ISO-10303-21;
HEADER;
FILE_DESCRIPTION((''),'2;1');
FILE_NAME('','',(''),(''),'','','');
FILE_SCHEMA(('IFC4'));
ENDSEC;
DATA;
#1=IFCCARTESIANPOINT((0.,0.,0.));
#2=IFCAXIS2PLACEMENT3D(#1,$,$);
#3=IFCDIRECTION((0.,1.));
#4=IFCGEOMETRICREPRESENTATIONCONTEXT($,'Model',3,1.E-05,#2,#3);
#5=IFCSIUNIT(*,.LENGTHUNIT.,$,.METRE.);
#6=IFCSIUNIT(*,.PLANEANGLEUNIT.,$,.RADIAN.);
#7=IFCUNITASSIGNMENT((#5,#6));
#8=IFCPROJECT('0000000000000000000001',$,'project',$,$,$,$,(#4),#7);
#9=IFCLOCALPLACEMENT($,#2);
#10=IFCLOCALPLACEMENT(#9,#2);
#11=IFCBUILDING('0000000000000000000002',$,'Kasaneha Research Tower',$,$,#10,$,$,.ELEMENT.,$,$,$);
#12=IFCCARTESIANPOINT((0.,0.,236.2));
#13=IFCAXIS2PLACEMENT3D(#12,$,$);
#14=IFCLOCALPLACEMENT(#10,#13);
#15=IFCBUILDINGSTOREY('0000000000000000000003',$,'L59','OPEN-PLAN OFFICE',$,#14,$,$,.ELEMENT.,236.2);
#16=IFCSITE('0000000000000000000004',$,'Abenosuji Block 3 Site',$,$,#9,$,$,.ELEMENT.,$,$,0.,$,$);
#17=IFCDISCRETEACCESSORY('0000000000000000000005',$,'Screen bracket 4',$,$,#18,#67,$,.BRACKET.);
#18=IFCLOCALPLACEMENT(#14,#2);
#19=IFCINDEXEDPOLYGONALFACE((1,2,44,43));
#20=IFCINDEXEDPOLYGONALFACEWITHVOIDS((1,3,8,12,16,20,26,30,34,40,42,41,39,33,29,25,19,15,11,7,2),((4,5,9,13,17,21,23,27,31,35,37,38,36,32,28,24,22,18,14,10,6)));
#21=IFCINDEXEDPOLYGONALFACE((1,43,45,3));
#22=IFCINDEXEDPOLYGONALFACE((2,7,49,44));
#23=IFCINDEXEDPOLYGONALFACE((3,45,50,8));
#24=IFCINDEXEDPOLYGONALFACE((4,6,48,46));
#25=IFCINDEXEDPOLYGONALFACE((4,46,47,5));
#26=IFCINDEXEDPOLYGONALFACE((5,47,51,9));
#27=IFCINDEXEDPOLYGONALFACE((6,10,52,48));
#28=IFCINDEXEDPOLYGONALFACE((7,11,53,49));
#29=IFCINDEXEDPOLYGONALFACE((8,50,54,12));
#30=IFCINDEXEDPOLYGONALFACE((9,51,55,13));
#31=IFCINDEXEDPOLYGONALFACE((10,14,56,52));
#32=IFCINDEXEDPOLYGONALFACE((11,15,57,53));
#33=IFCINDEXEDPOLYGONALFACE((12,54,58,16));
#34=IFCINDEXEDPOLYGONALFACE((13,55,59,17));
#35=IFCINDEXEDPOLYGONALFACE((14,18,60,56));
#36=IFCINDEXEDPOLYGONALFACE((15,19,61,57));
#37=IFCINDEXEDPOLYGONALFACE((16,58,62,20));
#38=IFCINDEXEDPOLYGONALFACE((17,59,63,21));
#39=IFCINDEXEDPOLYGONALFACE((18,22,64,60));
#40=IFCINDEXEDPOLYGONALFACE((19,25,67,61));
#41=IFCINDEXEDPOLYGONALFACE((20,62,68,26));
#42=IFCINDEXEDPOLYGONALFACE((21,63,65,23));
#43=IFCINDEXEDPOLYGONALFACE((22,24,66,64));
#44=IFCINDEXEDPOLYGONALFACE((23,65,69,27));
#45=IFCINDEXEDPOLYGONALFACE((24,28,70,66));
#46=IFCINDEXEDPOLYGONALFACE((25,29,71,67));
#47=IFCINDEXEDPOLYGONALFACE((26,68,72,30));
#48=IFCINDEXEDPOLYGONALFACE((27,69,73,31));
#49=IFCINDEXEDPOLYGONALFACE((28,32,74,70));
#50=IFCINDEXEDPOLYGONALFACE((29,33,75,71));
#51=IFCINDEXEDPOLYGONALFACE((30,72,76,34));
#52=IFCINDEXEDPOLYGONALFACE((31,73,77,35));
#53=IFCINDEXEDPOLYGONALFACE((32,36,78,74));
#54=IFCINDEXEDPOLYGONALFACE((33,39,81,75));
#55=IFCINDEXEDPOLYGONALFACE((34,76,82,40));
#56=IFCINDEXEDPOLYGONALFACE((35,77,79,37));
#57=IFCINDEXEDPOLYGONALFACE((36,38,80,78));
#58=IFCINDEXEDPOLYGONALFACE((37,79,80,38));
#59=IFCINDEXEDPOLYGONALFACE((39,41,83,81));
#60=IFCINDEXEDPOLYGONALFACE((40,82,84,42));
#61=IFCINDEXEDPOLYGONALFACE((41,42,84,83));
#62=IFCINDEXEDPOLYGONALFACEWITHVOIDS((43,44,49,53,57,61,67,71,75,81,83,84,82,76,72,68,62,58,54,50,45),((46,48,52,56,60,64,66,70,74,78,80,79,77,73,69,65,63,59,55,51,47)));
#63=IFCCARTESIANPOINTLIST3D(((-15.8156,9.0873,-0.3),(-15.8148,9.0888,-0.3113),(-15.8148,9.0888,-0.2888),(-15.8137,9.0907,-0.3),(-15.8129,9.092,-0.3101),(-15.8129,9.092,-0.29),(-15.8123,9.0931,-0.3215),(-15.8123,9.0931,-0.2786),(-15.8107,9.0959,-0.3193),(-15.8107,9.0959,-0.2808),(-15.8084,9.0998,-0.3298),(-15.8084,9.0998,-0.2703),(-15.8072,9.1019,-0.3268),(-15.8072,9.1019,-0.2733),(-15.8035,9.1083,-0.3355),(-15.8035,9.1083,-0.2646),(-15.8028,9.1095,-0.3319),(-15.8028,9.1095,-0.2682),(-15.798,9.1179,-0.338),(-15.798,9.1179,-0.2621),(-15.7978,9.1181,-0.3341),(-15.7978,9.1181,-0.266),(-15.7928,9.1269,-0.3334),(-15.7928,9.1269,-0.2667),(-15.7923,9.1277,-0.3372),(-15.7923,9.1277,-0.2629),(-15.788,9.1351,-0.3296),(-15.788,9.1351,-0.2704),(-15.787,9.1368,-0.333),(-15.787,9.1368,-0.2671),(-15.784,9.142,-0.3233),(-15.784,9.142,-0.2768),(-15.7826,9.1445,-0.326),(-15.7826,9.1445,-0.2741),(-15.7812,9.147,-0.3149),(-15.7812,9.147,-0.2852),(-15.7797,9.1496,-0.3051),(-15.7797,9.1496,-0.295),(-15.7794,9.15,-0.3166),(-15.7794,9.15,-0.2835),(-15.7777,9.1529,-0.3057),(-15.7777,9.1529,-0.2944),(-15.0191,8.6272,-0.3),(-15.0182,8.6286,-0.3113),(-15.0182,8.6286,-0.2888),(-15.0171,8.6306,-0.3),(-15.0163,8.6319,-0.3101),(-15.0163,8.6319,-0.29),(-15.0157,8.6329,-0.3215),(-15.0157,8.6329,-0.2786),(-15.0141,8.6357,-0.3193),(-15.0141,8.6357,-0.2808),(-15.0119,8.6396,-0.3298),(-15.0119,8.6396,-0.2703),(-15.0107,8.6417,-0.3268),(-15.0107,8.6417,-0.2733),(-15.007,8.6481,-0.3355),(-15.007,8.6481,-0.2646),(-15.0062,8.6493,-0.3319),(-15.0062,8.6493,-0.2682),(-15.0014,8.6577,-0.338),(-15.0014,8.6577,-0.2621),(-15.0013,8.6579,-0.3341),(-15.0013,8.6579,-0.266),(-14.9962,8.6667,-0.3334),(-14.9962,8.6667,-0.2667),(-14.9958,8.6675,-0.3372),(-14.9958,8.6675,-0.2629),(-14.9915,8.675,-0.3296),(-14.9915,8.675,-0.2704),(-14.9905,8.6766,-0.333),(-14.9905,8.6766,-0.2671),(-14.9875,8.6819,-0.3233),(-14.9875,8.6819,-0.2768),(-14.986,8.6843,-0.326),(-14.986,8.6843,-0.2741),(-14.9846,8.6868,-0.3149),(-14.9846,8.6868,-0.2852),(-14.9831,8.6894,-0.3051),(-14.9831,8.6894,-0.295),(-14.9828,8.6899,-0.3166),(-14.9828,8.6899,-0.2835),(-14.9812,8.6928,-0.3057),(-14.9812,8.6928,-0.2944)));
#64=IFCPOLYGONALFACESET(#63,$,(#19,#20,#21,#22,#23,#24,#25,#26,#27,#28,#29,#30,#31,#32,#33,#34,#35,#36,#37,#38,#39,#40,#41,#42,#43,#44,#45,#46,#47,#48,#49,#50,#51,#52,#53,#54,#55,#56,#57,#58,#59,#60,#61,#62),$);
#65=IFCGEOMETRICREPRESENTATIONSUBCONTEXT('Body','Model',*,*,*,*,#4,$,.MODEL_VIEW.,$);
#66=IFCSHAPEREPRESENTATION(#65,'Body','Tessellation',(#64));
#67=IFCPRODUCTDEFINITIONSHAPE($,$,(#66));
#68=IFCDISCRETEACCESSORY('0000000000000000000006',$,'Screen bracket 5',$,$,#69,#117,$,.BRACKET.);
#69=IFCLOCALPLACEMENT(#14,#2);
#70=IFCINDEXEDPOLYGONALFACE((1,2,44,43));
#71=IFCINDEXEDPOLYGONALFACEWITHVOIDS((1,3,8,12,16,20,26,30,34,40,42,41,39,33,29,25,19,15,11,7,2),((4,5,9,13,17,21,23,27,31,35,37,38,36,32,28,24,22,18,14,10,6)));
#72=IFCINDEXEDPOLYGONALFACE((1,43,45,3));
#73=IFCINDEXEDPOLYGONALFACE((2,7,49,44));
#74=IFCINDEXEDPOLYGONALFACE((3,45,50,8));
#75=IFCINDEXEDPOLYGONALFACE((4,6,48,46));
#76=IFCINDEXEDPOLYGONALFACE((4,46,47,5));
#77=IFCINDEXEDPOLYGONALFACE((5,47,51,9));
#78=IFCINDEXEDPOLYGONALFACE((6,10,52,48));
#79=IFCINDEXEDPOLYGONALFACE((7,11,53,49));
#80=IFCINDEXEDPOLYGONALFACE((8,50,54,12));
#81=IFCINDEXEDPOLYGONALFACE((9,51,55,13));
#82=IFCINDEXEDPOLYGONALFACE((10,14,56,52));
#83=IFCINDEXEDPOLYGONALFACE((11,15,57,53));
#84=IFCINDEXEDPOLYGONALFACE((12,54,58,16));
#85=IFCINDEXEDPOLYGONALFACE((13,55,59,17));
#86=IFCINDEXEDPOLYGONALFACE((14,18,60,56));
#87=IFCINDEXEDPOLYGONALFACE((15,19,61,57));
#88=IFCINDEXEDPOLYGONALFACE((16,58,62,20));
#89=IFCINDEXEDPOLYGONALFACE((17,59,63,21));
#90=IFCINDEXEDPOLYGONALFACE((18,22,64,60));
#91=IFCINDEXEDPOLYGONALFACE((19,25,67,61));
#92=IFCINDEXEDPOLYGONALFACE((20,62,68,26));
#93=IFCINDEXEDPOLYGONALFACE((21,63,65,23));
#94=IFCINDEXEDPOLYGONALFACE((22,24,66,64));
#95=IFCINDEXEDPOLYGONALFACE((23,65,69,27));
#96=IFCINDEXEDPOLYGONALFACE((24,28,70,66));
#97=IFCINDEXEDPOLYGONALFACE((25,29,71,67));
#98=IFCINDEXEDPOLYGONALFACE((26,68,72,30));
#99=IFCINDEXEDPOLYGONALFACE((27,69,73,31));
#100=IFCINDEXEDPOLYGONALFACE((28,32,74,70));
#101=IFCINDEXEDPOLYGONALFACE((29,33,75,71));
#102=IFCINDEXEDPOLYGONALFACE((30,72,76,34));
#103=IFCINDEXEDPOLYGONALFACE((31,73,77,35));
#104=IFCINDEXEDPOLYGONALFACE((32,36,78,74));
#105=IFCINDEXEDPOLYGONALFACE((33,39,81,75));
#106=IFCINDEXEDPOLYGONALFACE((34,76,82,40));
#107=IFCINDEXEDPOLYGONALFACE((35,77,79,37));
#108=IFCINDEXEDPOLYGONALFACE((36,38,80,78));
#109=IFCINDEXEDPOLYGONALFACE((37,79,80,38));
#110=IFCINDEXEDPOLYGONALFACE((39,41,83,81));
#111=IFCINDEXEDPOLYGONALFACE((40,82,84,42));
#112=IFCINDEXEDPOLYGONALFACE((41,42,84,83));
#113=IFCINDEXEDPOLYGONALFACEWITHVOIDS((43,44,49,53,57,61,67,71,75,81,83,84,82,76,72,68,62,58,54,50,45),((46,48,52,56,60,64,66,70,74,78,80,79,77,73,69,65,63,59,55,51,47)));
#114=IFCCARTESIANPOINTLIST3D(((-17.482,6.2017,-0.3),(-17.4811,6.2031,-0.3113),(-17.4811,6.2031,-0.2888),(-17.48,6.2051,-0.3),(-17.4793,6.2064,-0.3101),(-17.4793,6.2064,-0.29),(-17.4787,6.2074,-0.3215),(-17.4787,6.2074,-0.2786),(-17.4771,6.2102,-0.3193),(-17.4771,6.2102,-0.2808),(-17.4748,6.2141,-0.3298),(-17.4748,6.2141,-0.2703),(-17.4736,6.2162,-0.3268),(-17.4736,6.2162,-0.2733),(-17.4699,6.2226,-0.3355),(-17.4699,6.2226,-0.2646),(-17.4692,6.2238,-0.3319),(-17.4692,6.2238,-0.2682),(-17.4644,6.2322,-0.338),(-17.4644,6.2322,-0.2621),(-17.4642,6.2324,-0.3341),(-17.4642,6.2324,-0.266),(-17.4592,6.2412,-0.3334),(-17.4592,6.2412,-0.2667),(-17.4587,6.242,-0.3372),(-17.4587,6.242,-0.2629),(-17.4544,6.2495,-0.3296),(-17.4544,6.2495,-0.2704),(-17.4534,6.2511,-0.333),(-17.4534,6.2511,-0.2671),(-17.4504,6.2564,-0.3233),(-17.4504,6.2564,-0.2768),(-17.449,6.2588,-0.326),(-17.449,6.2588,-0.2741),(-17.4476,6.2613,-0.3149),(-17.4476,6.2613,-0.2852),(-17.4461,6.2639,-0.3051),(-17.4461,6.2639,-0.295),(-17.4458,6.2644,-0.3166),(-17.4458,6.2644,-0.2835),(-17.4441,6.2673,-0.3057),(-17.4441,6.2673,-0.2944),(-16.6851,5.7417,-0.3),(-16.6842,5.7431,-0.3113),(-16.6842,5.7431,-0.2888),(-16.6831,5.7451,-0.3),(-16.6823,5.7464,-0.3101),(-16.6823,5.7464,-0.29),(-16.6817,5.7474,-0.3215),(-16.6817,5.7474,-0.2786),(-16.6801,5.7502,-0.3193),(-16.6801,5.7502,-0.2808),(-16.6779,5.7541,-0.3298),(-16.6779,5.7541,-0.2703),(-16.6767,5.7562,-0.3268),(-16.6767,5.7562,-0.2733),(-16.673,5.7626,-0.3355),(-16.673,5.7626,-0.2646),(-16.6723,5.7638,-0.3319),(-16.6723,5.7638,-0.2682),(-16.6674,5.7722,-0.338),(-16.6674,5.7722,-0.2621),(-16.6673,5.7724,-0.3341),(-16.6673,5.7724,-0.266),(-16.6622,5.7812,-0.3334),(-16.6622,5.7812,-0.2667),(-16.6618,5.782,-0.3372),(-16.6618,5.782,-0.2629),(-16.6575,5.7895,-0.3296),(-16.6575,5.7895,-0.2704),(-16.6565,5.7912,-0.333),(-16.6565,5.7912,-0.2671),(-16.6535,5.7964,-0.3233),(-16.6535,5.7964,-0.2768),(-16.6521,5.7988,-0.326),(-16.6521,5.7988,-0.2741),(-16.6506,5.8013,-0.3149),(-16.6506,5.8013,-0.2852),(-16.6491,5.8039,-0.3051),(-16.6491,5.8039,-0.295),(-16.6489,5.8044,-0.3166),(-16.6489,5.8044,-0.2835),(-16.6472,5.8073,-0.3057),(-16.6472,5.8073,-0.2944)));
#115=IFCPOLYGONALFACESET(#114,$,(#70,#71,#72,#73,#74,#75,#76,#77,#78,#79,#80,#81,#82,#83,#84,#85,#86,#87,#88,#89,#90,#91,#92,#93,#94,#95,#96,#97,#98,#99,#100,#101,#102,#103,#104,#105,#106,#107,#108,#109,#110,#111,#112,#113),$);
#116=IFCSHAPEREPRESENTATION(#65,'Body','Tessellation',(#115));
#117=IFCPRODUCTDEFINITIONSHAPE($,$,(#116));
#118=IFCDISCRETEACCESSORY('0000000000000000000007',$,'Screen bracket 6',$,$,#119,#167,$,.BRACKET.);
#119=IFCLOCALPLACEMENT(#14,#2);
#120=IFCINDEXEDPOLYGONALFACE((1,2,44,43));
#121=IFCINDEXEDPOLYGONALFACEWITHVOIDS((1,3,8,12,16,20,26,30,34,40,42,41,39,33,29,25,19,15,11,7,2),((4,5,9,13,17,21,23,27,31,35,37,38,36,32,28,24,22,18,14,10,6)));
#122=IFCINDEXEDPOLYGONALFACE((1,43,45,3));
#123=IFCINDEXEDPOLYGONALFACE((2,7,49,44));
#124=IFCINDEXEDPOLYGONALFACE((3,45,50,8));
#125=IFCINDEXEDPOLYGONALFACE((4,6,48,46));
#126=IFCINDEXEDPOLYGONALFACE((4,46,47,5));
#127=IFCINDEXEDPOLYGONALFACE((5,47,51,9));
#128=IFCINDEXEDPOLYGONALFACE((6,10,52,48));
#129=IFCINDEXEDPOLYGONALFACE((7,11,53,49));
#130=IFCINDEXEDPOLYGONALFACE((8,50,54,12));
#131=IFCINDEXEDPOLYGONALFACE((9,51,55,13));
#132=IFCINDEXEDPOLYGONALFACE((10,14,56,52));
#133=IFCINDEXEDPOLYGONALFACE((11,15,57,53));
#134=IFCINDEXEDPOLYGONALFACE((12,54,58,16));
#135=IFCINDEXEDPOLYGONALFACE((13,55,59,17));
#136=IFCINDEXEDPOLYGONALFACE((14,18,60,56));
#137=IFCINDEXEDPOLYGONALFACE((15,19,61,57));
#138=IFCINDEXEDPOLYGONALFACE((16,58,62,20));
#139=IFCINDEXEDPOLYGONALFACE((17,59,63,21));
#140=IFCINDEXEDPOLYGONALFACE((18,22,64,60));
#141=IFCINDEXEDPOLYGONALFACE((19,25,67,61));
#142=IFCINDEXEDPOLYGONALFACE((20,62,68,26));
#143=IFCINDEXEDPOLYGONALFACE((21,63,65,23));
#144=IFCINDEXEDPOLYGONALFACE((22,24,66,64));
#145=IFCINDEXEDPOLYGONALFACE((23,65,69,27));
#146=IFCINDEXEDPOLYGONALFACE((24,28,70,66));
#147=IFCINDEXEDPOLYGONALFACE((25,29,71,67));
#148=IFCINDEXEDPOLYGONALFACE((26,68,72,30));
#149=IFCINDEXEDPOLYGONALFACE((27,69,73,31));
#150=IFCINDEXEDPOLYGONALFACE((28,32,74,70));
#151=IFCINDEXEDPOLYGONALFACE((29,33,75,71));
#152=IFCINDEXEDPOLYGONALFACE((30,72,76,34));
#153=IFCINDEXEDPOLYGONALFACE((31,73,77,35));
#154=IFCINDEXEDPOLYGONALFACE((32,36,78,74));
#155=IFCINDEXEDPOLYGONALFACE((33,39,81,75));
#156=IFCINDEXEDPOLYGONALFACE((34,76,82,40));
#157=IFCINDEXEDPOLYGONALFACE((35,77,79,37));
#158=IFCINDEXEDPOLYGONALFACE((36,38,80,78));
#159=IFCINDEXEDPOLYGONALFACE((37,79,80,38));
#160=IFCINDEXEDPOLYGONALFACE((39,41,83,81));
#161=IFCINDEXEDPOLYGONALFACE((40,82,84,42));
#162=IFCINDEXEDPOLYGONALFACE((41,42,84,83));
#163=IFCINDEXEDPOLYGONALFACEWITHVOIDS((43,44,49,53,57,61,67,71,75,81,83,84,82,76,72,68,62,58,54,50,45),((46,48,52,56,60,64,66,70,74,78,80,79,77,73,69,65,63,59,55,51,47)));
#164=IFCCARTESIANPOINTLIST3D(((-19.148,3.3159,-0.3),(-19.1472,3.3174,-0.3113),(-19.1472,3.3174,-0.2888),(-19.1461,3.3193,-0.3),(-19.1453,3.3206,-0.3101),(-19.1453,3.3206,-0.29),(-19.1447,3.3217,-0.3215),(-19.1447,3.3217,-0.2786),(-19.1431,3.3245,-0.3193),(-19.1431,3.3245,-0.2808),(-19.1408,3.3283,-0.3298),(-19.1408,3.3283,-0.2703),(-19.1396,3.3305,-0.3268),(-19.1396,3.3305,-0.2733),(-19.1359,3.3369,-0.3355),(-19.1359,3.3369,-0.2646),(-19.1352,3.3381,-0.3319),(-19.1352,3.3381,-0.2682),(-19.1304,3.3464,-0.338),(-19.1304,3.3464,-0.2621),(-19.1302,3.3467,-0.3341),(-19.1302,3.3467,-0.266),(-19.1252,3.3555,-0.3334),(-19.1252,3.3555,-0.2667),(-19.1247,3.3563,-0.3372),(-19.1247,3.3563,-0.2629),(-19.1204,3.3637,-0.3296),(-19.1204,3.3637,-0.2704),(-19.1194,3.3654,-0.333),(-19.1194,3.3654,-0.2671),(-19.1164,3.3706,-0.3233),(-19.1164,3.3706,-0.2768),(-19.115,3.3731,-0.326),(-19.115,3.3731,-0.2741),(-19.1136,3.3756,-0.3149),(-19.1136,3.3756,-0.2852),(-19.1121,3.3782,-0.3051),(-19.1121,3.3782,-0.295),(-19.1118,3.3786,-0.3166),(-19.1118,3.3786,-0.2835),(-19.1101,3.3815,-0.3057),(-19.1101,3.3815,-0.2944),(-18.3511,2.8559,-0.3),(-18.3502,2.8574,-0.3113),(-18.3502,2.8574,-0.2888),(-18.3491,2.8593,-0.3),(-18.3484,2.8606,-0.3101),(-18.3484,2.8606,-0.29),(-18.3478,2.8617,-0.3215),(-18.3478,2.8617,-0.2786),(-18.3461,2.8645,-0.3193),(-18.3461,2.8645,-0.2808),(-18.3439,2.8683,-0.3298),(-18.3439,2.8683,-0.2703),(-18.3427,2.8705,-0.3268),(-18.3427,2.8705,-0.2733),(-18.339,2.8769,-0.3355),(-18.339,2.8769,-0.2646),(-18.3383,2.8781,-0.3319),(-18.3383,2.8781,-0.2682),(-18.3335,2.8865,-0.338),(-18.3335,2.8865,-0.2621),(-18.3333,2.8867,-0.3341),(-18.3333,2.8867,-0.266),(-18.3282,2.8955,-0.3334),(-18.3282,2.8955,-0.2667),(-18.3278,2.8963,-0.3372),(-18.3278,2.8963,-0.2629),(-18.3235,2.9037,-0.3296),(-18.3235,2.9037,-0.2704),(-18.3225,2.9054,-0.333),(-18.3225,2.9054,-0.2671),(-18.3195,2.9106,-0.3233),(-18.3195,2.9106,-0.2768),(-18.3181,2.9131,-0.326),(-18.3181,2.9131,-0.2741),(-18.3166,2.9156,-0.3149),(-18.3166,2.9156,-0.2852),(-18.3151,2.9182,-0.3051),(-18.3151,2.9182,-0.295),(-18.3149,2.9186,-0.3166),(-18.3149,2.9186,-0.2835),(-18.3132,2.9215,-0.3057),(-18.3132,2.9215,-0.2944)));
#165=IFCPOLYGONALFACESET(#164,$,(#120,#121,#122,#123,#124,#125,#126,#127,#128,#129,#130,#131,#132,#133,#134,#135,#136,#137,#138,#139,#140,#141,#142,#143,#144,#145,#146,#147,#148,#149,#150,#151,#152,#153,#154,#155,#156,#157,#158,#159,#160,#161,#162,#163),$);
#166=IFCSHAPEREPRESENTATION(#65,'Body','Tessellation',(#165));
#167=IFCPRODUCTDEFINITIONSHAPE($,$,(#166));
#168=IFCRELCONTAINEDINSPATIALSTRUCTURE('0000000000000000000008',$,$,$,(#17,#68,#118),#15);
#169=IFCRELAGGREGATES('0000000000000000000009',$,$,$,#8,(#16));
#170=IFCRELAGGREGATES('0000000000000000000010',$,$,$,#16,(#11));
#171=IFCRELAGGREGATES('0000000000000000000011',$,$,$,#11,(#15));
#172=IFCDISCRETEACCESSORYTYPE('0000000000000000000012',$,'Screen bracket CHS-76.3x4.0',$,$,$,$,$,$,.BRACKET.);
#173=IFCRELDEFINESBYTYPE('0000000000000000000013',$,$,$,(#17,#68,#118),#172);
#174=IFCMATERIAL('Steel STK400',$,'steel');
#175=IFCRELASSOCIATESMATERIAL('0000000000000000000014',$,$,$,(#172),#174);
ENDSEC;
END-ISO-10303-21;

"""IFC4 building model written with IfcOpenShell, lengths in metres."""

from ifc_helpers import new_model, si_unit, direction, frame, origin, origin_2d, place, context, subcontext, project, spatial, hollow_circle, extrude, material, material_profile, profile_set, type_object, element, save


model = new_model("IFC4")

# Units and contexts
model_context = context("Model", 3, precision=1e-05, world=origin(), true_north=direction((0.0, 1.0)))
body_context = subcontext(model_context, "Body", "Model", "MODEL_VIEW")
ifc_project = project(units=[si_unit("LENGTHUNIT", "METRE"), si_unit("PLANEANGLEUNIT", "RADIAN")], contexts=[model_context])

# Site, building, storey
site_placement = place(None, origin())
site = spatial("IfcSite", under=ifc_project, at=site_placement, Name="Abenosuji Block 3 Site", CompositionType="ELEMENT", RefElevation=0.0)
building_placement = place(site_placement, origin())
building = spatial("IfcBuilding", under=site, at=building_placement, Name="Kasaneha Research Tower", CompositionType="ELEMENT")
storey_placement = place(building_placement, frame((0.0, 0.0, 236.2)))
storey = spatial("IfcBuildingStorey", under=building, at=storey_placement, Name="L59", Description="OPEN-PLAN OFFICE", CompositionType="ELEMENT", Elevation=236.2)

# Discrete accessories
ifc_material_1 = material(Name="Steel STK400", Category="steel")
ifc_material_profile_1 = material_profile(ifc_material_1, hollow_circle(Radius=0.0381, WallThickness=0.0039, at=origin_2d()), Name="CHS-76.3x4.0")
ifc_profile_set_1 = profile_set([ifc_material_profile_1], Name="Steel STK400")
discrete_accessory_type = type_object("IfcDiscreteAccessoryType", Name="Screen bracket CHS-76.3x4.0", PredefinedType="BRACKET", material=ifc_profile_set_1)
discrete_accessory_1_placement = place(storey_placement, frame((-15.0, 8.6602, -0.3), z_axis=(-0.865898, 0.50022, 0.0), x_axis=(-0.50022, -0.865898, 0.0)))
element("IfcDiscreteAccessory", 1, at=discrete_accessory_1_placement, inside=storey, type_object=discrete_accessory_type, Name="Screen bracket 4", PredefinedType="BRACKET", context=body_context, shape_type="SweptSolid", body=[
    extrude(hollow_circle(Radius=0.0381, WallThickness=0.0039, at=origin_2d()), origin(), (0.0, 0.0, 1.0), 0.9199),
])
for number, where, z_axis, x_axis, name in (
    (2, (-16.666, 5.7747, -0.3), (-0.86608, 0.499906, 0.0), (-0.499906, -0.86608, 0.0), "Screen bracket 5"),
    (3, (-18.332, 2.8889, -0.3), (-0.86608, 0.499906, 0.0), (-0.499906, -0.86608, 0.0), "Screen bracket 6"),
):
    element("IfcDiscreteAccessory", number, at=place(storey_placement, frame(where, z_axis=z_axis, x_axis=x_axis)), inside=storey, type_object=discrete_accessory_type, Name=name, PredefinedType="BRACKET", context=body_context, shape_type="SweptSolid", body=[
        extrude(hollow_circle(Radius=0.0381, WallThickness=0.0039, at=origin_2d()), origin(), (0.0, 0.0, 1.0), 0.9202),
    ])

save(model, "model.ifc")
